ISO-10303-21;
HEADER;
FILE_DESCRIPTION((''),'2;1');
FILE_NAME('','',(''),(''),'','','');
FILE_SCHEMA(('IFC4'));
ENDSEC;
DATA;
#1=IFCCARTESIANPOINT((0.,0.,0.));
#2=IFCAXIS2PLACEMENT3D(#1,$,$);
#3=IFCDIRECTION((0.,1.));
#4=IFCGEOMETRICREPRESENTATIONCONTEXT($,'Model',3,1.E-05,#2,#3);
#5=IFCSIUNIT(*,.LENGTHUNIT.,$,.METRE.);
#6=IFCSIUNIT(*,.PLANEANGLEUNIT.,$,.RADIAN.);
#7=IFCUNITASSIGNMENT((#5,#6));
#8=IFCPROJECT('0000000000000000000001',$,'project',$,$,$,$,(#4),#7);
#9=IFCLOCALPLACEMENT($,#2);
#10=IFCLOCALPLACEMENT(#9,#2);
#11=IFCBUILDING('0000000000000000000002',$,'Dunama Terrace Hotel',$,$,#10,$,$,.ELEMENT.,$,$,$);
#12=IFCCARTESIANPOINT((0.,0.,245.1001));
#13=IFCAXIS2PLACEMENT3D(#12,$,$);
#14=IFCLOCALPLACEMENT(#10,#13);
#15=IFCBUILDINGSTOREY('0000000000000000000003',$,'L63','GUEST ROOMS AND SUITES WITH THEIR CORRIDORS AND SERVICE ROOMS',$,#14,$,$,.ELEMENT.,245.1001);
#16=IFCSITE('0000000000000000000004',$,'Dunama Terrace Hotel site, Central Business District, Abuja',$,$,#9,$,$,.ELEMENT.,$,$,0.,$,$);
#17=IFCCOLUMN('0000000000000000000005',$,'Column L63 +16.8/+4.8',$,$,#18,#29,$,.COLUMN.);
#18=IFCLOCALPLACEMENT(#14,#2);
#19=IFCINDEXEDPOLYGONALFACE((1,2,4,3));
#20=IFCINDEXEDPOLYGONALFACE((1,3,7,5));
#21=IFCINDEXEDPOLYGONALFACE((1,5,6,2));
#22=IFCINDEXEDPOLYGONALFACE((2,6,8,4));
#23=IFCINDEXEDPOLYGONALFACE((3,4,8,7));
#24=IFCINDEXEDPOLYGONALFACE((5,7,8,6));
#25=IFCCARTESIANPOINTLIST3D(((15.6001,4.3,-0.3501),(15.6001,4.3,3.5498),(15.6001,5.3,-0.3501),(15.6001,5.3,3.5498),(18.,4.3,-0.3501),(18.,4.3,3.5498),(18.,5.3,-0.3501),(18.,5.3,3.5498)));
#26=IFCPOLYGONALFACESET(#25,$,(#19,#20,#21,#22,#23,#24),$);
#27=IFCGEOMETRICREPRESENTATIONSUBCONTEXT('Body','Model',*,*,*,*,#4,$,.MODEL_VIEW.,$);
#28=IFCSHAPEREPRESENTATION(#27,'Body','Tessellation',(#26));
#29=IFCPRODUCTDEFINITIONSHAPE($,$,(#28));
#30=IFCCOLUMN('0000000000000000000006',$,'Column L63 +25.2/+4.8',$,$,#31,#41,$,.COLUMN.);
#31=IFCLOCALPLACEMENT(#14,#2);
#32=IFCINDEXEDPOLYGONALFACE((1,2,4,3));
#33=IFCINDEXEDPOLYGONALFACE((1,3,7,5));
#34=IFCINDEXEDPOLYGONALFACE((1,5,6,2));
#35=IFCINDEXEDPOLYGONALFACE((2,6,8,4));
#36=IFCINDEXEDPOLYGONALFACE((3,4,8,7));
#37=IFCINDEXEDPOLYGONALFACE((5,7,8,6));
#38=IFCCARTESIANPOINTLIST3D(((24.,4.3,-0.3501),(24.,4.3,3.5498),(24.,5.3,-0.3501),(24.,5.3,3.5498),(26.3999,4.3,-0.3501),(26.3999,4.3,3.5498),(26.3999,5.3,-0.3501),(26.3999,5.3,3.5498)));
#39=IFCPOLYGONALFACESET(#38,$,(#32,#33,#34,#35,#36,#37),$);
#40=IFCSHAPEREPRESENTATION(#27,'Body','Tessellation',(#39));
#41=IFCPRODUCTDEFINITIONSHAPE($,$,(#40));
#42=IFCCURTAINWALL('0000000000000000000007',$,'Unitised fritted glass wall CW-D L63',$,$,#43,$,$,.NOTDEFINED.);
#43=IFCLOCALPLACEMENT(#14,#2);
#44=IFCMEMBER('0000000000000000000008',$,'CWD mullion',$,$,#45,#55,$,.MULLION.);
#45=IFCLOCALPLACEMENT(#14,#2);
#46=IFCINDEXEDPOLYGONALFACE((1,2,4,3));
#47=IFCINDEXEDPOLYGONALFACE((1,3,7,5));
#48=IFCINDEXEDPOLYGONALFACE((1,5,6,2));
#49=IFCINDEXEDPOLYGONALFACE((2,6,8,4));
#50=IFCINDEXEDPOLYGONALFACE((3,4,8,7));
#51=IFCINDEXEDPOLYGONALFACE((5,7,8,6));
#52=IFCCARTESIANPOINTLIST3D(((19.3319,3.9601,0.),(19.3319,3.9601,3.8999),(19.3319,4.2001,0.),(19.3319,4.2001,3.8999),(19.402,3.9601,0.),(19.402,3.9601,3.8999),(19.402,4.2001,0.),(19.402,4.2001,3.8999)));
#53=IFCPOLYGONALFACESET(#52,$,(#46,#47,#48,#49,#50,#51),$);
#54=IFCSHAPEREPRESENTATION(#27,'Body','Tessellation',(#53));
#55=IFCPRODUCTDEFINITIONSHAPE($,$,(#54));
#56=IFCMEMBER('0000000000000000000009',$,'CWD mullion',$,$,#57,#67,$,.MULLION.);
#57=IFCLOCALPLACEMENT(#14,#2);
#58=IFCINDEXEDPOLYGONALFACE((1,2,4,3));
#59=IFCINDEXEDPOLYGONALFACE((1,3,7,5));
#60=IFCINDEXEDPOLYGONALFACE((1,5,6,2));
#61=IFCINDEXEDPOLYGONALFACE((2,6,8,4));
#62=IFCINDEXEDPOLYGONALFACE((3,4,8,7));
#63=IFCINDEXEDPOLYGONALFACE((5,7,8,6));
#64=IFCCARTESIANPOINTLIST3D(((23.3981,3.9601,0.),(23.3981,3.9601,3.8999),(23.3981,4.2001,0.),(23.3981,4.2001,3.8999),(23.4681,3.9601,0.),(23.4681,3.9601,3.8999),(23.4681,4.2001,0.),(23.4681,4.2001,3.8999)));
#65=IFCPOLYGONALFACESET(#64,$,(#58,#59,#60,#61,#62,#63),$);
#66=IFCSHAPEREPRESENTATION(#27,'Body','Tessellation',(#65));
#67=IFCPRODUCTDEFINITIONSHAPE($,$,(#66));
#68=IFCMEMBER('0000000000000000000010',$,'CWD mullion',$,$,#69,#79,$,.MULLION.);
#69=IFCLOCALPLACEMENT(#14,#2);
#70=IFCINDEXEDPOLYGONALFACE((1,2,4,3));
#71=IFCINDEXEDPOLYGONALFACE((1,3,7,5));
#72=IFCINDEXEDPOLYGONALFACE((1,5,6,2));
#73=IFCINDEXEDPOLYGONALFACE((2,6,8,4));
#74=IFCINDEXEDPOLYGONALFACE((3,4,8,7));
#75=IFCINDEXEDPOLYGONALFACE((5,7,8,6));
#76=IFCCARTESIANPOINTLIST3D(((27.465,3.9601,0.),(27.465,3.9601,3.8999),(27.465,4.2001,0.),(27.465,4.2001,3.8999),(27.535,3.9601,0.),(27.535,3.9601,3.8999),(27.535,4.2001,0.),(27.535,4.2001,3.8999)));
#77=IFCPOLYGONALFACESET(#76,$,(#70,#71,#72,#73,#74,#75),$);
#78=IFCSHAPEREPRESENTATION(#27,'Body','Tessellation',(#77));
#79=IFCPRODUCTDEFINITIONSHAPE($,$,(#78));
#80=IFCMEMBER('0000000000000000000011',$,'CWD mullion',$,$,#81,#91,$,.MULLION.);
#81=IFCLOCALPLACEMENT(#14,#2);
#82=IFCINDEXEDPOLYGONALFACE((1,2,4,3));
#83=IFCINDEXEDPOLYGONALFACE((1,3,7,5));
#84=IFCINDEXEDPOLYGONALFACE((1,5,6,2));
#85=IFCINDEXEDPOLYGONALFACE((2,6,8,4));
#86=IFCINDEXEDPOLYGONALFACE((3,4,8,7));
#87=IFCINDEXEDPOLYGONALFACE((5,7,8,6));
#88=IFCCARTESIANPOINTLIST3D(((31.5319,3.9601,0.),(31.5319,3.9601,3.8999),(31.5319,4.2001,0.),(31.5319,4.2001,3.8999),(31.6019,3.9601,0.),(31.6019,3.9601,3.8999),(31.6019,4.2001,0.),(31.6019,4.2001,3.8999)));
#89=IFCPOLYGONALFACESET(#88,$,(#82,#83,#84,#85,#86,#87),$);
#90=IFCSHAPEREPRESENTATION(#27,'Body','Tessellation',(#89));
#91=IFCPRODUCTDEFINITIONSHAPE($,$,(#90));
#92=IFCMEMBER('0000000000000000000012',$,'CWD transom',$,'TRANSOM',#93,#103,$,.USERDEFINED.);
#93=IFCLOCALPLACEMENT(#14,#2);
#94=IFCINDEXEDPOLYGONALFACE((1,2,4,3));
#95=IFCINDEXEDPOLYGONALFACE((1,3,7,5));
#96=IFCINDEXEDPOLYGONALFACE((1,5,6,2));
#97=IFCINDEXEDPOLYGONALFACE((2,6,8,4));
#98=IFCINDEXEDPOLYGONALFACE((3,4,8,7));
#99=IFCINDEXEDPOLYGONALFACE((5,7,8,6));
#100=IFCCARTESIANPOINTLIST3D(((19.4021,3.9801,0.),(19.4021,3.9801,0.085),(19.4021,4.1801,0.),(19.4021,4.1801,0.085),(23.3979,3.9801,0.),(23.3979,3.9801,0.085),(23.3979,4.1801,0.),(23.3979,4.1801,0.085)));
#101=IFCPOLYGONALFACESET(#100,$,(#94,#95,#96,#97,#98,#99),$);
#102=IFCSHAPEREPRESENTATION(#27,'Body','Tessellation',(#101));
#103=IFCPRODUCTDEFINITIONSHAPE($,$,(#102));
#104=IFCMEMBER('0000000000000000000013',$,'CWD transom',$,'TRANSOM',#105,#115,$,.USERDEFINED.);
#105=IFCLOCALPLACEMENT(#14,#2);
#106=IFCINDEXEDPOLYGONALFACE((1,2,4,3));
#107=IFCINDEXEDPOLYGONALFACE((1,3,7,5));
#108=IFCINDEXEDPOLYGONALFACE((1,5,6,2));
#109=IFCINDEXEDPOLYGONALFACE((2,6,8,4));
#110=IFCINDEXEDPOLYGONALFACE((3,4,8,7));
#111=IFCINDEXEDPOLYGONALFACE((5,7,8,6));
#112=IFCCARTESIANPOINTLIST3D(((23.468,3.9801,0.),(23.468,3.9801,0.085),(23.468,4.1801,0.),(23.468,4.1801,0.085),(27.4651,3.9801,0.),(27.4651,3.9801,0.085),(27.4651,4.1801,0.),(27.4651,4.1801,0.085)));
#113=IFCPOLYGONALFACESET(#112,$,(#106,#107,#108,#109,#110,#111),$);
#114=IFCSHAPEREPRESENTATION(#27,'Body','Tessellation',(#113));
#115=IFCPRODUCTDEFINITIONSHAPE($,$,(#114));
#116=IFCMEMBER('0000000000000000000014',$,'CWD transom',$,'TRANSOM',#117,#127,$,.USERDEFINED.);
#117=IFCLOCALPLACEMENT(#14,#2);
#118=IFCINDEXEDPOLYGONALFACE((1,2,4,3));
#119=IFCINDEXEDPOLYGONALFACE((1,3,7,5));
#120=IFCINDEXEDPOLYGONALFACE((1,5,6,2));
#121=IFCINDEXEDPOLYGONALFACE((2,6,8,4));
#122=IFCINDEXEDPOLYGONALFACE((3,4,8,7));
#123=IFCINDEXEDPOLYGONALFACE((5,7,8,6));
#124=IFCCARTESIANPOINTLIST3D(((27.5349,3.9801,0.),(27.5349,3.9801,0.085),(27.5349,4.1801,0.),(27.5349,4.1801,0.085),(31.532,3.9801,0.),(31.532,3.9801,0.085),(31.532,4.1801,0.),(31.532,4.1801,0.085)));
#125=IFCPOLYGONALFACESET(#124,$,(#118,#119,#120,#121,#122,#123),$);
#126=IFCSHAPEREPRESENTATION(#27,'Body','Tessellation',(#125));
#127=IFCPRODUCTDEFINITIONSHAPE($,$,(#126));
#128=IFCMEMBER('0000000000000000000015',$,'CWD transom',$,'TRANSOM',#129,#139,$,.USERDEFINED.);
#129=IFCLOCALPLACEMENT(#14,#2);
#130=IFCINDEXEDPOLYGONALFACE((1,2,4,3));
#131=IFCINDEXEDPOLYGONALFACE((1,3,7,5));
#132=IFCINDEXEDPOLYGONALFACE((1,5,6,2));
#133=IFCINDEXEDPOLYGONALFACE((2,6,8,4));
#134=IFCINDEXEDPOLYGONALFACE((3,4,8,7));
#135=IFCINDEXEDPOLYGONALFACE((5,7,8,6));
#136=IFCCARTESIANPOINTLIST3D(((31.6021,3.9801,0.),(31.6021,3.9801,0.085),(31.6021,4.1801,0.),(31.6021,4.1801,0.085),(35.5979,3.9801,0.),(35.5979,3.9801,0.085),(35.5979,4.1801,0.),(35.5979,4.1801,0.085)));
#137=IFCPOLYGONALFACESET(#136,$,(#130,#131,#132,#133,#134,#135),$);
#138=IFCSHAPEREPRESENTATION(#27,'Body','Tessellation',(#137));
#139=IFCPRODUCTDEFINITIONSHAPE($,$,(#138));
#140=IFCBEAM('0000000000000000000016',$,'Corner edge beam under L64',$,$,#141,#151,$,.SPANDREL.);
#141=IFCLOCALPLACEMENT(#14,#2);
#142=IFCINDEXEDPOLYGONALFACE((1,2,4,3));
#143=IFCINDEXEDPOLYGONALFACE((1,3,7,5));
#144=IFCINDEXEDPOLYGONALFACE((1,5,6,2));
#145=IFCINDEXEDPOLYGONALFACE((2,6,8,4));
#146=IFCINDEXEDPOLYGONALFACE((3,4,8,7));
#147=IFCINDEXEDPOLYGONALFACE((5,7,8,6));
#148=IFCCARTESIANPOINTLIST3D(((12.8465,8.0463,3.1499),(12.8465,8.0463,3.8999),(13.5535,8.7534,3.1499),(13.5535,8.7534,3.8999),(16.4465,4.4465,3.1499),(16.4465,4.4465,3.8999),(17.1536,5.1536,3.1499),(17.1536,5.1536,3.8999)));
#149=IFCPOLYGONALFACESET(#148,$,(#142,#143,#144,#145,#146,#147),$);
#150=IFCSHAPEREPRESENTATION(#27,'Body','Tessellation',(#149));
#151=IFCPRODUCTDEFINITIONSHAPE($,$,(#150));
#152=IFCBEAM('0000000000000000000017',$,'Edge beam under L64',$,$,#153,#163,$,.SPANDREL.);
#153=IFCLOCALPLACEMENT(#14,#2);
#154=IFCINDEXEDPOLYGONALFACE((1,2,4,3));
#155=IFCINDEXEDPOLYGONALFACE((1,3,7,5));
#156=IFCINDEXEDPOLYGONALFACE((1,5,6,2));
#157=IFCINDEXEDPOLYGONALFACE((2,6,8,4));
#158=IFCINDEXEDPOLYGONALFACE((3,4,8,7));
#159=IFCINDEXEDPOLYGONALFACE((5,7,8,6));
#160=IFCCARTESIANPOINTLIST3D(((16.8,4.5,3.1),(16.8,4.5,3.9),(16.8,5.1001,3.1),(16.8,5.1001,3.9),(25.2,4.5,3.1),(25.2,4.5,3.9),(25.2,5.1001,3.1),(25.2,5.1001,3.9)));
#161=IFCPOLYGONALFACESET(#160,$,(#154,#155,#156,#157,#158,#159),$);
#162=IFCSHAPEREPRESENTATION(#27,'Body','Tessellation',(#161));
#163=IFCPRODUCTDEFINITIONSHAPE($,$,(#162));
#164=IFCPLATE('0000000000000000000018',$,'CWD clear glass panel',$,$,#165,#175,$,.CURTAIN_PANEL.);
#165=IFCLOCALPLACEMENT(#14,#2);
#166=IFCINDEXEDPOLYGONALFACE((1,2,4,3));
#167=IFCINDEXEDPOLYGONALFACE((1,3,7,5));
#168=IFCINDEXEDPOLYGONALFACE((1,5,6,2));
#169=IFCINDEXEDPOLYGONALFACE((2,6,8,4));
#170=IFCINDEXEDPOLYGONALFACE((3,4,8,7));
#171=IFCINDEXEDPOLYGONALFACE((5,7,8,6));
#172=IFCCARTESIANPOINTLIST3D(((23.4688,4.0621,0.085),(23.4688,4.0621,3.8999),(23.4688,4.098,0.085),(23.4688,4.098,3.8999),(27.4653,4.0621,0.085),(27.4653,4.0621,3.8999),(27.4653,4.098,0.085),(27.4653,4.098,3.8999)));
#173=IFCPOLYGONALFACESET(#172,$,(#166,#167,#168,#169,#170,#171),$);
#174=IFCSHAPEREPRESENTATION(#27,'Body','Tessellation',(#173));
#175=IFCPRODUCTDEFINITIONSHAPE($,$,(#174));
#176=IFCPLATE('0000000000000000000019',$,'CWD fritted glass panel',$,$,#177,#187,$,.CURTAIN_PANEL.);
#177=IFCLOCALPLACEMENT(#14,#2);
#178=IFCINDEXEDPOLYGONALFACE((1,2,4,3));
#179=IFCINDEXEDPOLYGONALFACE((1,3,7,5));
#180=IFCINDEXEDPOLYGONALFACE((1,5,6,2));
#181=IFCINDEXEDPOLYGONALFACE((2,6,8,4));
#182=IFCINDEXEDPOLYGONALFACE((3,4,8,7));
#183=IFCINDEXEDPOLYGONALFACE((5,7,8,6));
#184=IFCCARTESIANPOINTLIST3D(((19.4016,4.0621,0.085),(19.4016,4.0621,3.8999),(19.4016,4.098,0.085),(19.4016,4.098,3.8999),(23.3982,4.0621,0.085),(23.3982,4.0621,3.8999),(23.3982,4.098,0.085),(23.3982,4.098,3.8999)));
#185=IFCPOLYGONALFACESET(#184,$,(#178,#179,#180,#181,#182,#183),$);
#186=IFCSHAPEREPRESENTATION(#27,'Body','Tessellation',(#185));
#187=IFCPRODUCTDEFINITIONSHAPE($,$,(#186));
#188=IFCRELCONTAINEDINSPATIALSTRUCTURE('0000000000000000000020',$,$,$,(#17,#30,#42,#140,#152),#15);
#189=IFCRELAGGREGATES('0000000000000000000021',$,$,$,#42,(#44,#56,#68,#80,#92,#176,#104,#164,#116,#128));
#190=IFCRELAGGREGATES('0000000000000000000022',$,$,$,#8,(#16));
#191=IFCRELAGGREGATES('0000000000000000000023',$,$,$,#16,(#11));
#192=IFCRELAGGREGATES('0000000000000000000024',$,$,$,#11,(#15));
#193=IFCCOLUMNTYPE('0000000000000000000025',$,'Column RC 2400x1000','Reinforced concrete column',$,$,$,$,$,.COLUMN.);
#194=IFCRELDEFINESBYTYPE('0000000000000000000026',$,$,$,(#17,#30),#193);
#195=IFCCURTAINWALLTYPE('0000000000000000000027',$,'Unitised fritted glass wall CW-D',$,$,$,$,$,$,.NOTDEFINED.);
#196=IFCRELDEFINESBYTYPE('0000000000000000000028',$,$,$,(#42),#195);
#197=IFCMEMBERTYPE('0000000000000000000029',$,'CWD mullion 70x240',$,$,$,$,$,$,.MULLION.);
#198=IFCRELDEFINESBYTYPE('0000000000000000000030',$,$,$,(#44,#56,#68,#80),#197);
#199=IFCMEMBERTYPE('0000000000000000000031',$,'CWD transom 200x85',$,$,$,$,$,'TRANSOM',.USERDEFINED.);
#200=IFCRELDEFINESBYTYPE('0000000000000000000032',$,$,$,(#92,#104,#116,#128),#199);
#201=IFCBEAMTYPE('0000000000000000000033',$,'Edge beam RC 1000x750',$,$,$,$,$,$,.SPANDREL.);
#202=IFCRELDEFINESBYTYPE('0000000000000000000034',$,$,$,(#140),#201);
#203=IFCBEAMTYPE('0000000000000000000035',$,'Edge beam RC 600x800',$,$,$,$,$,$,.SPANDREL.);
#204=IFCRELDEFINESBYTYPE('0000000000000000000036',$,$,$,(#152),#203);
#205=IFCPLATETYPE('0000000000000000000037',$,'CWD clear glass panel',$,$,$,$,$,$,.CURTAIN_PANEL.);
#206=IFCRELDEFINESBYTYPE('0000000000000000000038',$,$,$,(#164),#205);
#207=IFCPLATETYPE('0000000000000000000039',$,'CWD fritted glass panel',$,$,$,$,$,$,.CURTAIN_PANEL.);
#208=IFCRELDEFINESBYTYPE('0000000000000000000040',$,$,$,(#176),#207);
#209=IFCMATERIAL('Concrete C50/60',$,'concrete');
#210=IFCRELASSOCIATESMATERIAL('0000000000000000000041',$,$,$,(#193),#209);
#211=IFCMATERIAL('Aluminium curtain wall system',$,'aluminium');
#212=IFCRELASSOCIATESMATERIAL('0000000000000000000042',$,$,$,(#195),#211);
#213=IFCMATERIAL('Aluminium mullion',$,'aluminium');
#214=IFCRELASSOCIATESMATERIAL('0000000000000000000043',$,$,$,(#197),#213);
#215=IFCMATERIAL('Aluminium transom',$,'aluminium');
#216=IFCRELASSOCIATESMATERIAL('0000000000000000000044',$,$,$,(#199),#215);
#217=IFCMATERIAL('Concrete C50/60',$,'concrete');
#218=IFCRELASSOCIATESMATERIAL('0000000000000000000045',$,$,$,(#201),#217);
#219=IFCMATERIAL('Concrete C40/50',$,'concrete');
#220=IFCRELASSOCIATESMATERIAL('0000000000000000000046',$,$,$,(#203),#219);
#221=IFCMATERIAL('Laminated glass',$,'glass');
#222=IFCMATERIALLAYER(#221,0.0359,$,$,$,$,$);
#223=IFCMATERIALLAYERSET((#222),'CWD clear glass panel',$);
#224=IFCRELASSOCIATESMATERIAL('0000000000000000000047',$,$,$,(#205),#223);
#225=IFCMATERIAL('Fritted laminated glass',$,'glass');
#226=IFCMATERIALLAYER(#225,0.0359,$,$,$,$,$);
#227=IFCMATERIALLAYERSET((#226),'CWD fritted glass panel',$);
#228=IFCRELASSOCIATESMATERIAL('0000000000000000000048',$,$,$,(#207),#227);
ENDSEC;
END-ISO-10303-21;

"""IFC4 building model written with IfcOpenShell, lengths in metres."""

from ifc_helpers import new_model, si_unit, direction, frame, origin, origin_2d, place, context, subcontext, project, spatial, rectangle, extrude, material, layer, layer_set, material_profile, profile_set, type_object, element, aggregate, save


model = new_model("IFC4")

# Units and contexts
model_context = context("Model", 3, precision=1e-05, world=origin(), true_north=direction((0.0, 1.0)))
body_context = subcontext(model_context, "Body", "Model", "MODEL_VIEW")
ifc_project = project(units=[si_unit("LENGTHUNIT", "METRE"), si_unit("PLANEANGLEUNIT", "RADIAN")], contexts=[model_context])

# Site, building, storey
site_placement = place(None, origin())
site = spatial("IfcSite", under=ifc_project, at=site_placement, Name="Dunama Terrace Hotel site, Central Business District, Abuja", CompositionType="ELEMENT", RefElevation=0.0)
building_placement = place(site_placement, origin())
building = spatial("IfcBuilding", under=site, at=building_placement, Name="Dunama Terrace Hotel", CompositionType="ELEMENT")
storey_placement = place(building_placement, frame((0.0, 0.0, 245.1001)))
storey = spatial("IfcBuildingStorey", under=building, at=storey_placement, Name="L63", Description="GUEST ROOMS AND SUITES WITH THEIR CORRIDORS AND SERVICE ROOMS", CompositionType="ELEMENT", Elevation=245.1001)

# Columns
ifc_material_1 = material(Name="Concrete C50/60", Category="concrete")
ifc_material_profile_1 = material_profile(ifc_material_1, rectangle(XDim=2.3999, YDim=1.0, at=origin_2d()), Name="RC 2400x1000")
ifc_profile_set_1 = profile_set([ifc_material_profile_1], Name="Concrete C50/60")
column_type = type_object("IfcColumnType", Name="Column RC 2400x1000", Description="Reinforced concrete column", PredefinedType="COLUMN", material=ifc_profile_set_1)
for number, where, z_axis, x_axis, name in (
    (1, (16.8, 4.8, -0.3501), (0.0, 0.0, 1.0), (1.0, 0.0, 0.0), "Column L63 +16.8/+4.8"),
    (2, (25.2, 4.8, -0.3501), (0.0, 0.0, 1.0), (1.0, 0.0, 0.0), "Column L63 +25.2/+4.8"),
):
    element("IfcColumn", number, at=place(storey_placement, frame(where, z_axis=z_axis, x_axis=x_axis)), inside=storey, type_object=column_type, Name=name, PredefinedType="COLUMN", context=body_context, shape_type="SweptSolid", body=[
        extrude(rectangle(XDim=2.3999, YDim=1.0, at=origin_2d()), origin(), (0.0, 0.0, 1.0), 3.8999),
    ])

# Curtain wall, members
ifc_material_2 = material(Name="Aluminium curtain wall system", Category="aluminium")
curtain_wall_type = type_object("IfcCurtainWallType", Name="Unitised fritted glass wall CW-D", PredefinedType="NOTDEFINED", material=ifc_material_2)
curtain_wall_placement = place(storey_placement, origin())
curtain_wall = element("IfcCurtainWall", 3, at=curtain_wall_placement, inside=storey, type_object=curtain_wall_type, Name="Unitised fritted glass wall CW-D L63", PredefinedType="NOTDEFINED")
ifc_material_3 = material(Name="Aluminium mullion", Category="aluminium")
ifc_material_profile_2 = material_profile(ifc_material_3, rectangle(XDim=0.0701, YDim=0.24, at=origin_2d()), Name="CWD MULLION 70X240")
ifc_profile_set_2 = profile_set([ifc_material_profile_2], Name="Aluminium mullion")
member_type_1 = type_object("IfcMemberType", Name="CWD mullion 70x240", PredefinedType="MULLION", material=ifc_profile_set_2)
member_1_placement = place(storey_placement, frame((19.3669, 4.0801, 0.0), z_axis=(0.0, 0.0, 1.0), x_axis=(1.0, 0.0, 0.0)))
member_1 = element("IfcMember", 4, at=member_1_placement, type_object=member_type_1, Name="CWD mullion", PredefinedType="MULLION", context=body_context, shape_type="SweptSolid", body=[
    extrude(rectangle(XDim=0.0701, YDim=0.24, at=origin_2d()), origin(), (0.0, 0.0, 1.0), 3.8999),
])
member_2_placement = place(storey_placement, frame((23.4331, 4.0801, 0.0), z_axis=(0.0, 0.0, 1.0), x_axis=(1.0, 0.0, 0.0)))
member_2 = element("IfcMember", 5, at=member_2_placement, type_object=member_type_1, Name="CWD mullion", PredefinedType="MULLION", context=body_context, shape_type="SweptSolid", body=[
    extrude(rectangle(XDim=0.0701, YDim=0.24, at=origin_2d()), origin(), (0.0, 0.0, 1.0), 3.8999),
])
member_3_placement = place(storey_placement, frame((27.5, 4.0801, 0.0), z_axis=(0.0, 0.0, 1.0), x_axis=(1.0, 0.0, 0.0)))
member_3 = element("IfcMember", 6, at=member_3_placement, type_object=member_type_1, Name="CWD mullion", PredefinedType="MULLION", context=body_context, shape_type="SweptSolid", body=[
    extrude(rectangle(XDim=0.0701, YDim=0.24, at=origin_2d()), origin(), (0.0, 0.0, 1.0), 3.8999),
])
member_4_placement = place(storey_placement, frame((31.5669, 4.0801, 0.0), z_axis=(0.0, 0.0, 1.0), x_axis=(1.0, 0.0, 0.0)))
member_4 = element("IfcMember", 7, at=member_4_placement, type_object=member_type_1, Name="CWD mullion", PredefinedType="MULLION", context=body_context, shape_type="SweptSolid", body=[
    extrude(rectangle(XDim=0.0701, YDim=0.24, at=origin_2d()), origin(), (0.0, 0.0, 1.0), 3.8999),
])
ifc_material_4 = material(Name="Aluminium transom", Category="aluminium")
ifc_material_profile_3 = material_profile(ifc_material_4, rectangle(XDim=0.2, YDim=0.085, at=origin_2d()), Name="CWD TRANSOM 200X85")
ifc_profile_set_3 = profile_set([ifc_material_profile_3], Name="Aluminium transom")
member_type_2 = type_object("IfcMemberType", Name="CWD transom 200x85", ElementType="TRANSOM", PredefinedType="USERDEFINED", material=ifc_profile_set_3)
member_5_placement = place(storey_placement, frame((19.4021, 4.0801, 0.0425), z_axis=(1.0, 0.0, 0.0), x_axis=(0.0, 1.0, 0.0)))
member_5 = element("IfcMember", 8, at=member_5_placement, type_object=member_type_2, Name="CWD transom", ObjectType="TRANSOM", PredefinedType="USERDEFINED", context=body_context, shape_type="SweptSolid", body=[
    extrude(rectangle(XDim=0.2, YDim=0.085, at=origin_2d()), origin(), (0.0, 0.0, 1.0), 3.9958),
])
member_6_placement = place(storey_placement, frame((23.468, 4.0801, 0.0425), z_axis=(1.0, 0.0, 0.0), x_axis=(0.0, 1.0, 0.0)))
member_6 = element("IfcMember", 9, at=member_6_placement, type_object=member_type_2, Name="CWD transom", ObjectType="TRANSOM", PredefinedType="USERDEFINED", context=body_context, shape_type="SweptSolid", body=[
    extrude(rectangle(XDim=0.2, YDim=0.085, at=origin_2d()), origin(), (0.0, 0.0, 1.0), 3.9971),
])
member_7_placement = place(storey_placement, frame((27.5349, 4.0801, 0.0425), z_axis=(1.0, 0.0, 0.0), x_axis=(0.0, 1.0, 0.0)))
member_7 = element("IfcMember", 10, at=member_7_placement, type_object=member_type_2, Name="CWD transom", ObjectType="TRANSOM", PredefinedType="USERDEFINED", context=body_context, shape_type="SweptSolid", body=[
    extrude(rectangle(XDim=0.2, YDim=0.085, at=origin_2d()), origin(), (0.0, 0.0, 1.0), 3.9971),
])
member_8_placement = place(storey_placement, frame((31.6021, 4.0801, 0.0425), z_axis=(1.0, 0.0, 0.0), x_axis=(0.0, 1.0, 0.0)))
member_8 = element("IfcMember", 11, at=member_8_placement, type_object=member_type_2, Name="CWD transom", ObjectType="TRANSOM", PredefinedType="USERDEFINED", context=body_context, shape_type="SweptSolid", body=[
    extrude(rectangle(XDim=0.2, YDim=0.085, at=origin_2d()), origin(), (0.0, 0.0, 1.0), 3.9958),
])

# Beams
ifc_material_5 = material(Name="Concrete C50/60", Category="concrete")
ifc_material_profile_4 = material_profile(ifc_material_5, rectangle(XDim=1.0, YDim=0.75, at=origin_2d()), Name="RC 1000x750")
ifc_profile_set_4 = profile_set([ifc_material_profile_4], Name="Concrete C50/60")
beam_type_1 = type_object("IfcBeamType", Name="Edge beam RC 1000x750", PredefinedType="SPANDREL", material=ifc_profile_set_4)
beam_1_placement = place(storey_placement, frame((16.8, 4.8, 3.5249), z_axis=(-0.707131, 0.707083, 0.0), x_axis=(-0.707083, -0.707131, 0.0)))
element("IfcBeam", 12, at=beam_1_placement, inside=storey, type_object=beam_type_1, Name="Corner edge beam under L64", PredefinedType="SPANDREL", context=body_context, shape_type="SweptSolid", body=[
    extrude(rectangle(XDim=1.0, YDim=0.75, at=origin_2d()), origin(), (0.0, 0.0, 1.0), 5.0911),
])
ifc_material_6 = material(Name="Concrete C40/50", Category="concrete")
ifc_material_profile_5 = material_profile(ifc_material_6, rectangle(XDim=0.6001, YDim=0.8, at=origin_2d()), Name="RC 600x800")
ifc_profile_set_5 = profile_set([ifc_material_profile_5], Name="Concrete C40/50")
beam_type_2 = type_object("IfcBeamType", Name="Edge beam RC 600x800", PredefinedType="SPANDREL", material=ifc_profile_set_5)
beam_2_placement = place(storey_placement, frame((16.8, 4.8, 3.5), z_axis=(1.0, 0.0, 0.0), x_axis=(0.0, 1.0, 0.0)))
element("IfcBeam", 13, at=beam_2_placement, inside=storey, type_object=beam_type_2, Name="Edge beam under L64", PredefinedType="SPANDREL", context=body_context, shape_type="SweptSolid", body=[
    extrude(rectangle(XDim=0.6001, YDim=0.8, at=origin_2d()), origin(), (0.0, 0.0, 1.0), 8.3999),
])

# Plates
ifc_material_7 = material(Name="Laminated glass", Category="glass")
ifc_layer_1 = layer(ifc_material_7, 0.0359)
ifc_layer_set_1 = layer_set([ifc_layer_1], Name="CWD clear glass panel")
plate_type_1 = type_object("IfcPlateType", Name="CWD clear glass panel", PredefinedType="CURTAIN_PANEL", material=ifc_layer_set_1)
plate_1_placement = place(storey_placement, frame((25.467, 4.0801, 0.085), z_axis=(0.0, 0.0, 1.0), x_axis=(1.0, 0.0, 0.0)))
plate_1 = element("IfcPlate", 14, at=plate_1_placement, type_object=plate_type_1, Name="CWD clear glass panel", PredefinedType="CURTAIN_PANEL", context=body_context, shape_type="SweptSolid", body=[
    extrude(rectangle(XDim=3.9966, YDim=0.0359, at=origin_2d()), origin(), (0.0, 0.0, 1.0), 3.8149),
])
ifc_material_8 = material(Name="Fritted laminated glass", Category="glass")
ifc_layer_2 = layer(ifc_material_8, 0.0359)
ifc_layer_set_2 = layer_set([ifc_layer_2], Name="CWD fritted glass panel")
plate_type_2 = type_object("IfcPlateType", Name="CWD fritted glass panel", PredefinedType="CURTAIN_PANEL", material=ifc_layer_set_2)
plate_2_placement = place(storey_placement, frame((21.3999, 4.0801, 0.085), z_axis=(0.0, 0.0, 1.0), x_axis=(1.0, 0.0, 0.0)))
plate_2 = element("IfcPlate", 15, at=plate_2_placement, type_object=plate_type_2, Name="CWD fritted glass panel", PredefinedType="CURTAIN_PANEL", context=body_context, shape_type="SweptSolid", body=[
    extrude(rectangle(XDim=3.9966, YDim=0.0359, at=origin_2d()), origin(), (0.0, 0.0, 1.0), 3.8149),
])
aggregate(curtain_wall, [member_1, member_2, member_3, member_4, member_5, plate_2, member_6, plate_1, member_7, member_8])

save(model, "model.ifc")
